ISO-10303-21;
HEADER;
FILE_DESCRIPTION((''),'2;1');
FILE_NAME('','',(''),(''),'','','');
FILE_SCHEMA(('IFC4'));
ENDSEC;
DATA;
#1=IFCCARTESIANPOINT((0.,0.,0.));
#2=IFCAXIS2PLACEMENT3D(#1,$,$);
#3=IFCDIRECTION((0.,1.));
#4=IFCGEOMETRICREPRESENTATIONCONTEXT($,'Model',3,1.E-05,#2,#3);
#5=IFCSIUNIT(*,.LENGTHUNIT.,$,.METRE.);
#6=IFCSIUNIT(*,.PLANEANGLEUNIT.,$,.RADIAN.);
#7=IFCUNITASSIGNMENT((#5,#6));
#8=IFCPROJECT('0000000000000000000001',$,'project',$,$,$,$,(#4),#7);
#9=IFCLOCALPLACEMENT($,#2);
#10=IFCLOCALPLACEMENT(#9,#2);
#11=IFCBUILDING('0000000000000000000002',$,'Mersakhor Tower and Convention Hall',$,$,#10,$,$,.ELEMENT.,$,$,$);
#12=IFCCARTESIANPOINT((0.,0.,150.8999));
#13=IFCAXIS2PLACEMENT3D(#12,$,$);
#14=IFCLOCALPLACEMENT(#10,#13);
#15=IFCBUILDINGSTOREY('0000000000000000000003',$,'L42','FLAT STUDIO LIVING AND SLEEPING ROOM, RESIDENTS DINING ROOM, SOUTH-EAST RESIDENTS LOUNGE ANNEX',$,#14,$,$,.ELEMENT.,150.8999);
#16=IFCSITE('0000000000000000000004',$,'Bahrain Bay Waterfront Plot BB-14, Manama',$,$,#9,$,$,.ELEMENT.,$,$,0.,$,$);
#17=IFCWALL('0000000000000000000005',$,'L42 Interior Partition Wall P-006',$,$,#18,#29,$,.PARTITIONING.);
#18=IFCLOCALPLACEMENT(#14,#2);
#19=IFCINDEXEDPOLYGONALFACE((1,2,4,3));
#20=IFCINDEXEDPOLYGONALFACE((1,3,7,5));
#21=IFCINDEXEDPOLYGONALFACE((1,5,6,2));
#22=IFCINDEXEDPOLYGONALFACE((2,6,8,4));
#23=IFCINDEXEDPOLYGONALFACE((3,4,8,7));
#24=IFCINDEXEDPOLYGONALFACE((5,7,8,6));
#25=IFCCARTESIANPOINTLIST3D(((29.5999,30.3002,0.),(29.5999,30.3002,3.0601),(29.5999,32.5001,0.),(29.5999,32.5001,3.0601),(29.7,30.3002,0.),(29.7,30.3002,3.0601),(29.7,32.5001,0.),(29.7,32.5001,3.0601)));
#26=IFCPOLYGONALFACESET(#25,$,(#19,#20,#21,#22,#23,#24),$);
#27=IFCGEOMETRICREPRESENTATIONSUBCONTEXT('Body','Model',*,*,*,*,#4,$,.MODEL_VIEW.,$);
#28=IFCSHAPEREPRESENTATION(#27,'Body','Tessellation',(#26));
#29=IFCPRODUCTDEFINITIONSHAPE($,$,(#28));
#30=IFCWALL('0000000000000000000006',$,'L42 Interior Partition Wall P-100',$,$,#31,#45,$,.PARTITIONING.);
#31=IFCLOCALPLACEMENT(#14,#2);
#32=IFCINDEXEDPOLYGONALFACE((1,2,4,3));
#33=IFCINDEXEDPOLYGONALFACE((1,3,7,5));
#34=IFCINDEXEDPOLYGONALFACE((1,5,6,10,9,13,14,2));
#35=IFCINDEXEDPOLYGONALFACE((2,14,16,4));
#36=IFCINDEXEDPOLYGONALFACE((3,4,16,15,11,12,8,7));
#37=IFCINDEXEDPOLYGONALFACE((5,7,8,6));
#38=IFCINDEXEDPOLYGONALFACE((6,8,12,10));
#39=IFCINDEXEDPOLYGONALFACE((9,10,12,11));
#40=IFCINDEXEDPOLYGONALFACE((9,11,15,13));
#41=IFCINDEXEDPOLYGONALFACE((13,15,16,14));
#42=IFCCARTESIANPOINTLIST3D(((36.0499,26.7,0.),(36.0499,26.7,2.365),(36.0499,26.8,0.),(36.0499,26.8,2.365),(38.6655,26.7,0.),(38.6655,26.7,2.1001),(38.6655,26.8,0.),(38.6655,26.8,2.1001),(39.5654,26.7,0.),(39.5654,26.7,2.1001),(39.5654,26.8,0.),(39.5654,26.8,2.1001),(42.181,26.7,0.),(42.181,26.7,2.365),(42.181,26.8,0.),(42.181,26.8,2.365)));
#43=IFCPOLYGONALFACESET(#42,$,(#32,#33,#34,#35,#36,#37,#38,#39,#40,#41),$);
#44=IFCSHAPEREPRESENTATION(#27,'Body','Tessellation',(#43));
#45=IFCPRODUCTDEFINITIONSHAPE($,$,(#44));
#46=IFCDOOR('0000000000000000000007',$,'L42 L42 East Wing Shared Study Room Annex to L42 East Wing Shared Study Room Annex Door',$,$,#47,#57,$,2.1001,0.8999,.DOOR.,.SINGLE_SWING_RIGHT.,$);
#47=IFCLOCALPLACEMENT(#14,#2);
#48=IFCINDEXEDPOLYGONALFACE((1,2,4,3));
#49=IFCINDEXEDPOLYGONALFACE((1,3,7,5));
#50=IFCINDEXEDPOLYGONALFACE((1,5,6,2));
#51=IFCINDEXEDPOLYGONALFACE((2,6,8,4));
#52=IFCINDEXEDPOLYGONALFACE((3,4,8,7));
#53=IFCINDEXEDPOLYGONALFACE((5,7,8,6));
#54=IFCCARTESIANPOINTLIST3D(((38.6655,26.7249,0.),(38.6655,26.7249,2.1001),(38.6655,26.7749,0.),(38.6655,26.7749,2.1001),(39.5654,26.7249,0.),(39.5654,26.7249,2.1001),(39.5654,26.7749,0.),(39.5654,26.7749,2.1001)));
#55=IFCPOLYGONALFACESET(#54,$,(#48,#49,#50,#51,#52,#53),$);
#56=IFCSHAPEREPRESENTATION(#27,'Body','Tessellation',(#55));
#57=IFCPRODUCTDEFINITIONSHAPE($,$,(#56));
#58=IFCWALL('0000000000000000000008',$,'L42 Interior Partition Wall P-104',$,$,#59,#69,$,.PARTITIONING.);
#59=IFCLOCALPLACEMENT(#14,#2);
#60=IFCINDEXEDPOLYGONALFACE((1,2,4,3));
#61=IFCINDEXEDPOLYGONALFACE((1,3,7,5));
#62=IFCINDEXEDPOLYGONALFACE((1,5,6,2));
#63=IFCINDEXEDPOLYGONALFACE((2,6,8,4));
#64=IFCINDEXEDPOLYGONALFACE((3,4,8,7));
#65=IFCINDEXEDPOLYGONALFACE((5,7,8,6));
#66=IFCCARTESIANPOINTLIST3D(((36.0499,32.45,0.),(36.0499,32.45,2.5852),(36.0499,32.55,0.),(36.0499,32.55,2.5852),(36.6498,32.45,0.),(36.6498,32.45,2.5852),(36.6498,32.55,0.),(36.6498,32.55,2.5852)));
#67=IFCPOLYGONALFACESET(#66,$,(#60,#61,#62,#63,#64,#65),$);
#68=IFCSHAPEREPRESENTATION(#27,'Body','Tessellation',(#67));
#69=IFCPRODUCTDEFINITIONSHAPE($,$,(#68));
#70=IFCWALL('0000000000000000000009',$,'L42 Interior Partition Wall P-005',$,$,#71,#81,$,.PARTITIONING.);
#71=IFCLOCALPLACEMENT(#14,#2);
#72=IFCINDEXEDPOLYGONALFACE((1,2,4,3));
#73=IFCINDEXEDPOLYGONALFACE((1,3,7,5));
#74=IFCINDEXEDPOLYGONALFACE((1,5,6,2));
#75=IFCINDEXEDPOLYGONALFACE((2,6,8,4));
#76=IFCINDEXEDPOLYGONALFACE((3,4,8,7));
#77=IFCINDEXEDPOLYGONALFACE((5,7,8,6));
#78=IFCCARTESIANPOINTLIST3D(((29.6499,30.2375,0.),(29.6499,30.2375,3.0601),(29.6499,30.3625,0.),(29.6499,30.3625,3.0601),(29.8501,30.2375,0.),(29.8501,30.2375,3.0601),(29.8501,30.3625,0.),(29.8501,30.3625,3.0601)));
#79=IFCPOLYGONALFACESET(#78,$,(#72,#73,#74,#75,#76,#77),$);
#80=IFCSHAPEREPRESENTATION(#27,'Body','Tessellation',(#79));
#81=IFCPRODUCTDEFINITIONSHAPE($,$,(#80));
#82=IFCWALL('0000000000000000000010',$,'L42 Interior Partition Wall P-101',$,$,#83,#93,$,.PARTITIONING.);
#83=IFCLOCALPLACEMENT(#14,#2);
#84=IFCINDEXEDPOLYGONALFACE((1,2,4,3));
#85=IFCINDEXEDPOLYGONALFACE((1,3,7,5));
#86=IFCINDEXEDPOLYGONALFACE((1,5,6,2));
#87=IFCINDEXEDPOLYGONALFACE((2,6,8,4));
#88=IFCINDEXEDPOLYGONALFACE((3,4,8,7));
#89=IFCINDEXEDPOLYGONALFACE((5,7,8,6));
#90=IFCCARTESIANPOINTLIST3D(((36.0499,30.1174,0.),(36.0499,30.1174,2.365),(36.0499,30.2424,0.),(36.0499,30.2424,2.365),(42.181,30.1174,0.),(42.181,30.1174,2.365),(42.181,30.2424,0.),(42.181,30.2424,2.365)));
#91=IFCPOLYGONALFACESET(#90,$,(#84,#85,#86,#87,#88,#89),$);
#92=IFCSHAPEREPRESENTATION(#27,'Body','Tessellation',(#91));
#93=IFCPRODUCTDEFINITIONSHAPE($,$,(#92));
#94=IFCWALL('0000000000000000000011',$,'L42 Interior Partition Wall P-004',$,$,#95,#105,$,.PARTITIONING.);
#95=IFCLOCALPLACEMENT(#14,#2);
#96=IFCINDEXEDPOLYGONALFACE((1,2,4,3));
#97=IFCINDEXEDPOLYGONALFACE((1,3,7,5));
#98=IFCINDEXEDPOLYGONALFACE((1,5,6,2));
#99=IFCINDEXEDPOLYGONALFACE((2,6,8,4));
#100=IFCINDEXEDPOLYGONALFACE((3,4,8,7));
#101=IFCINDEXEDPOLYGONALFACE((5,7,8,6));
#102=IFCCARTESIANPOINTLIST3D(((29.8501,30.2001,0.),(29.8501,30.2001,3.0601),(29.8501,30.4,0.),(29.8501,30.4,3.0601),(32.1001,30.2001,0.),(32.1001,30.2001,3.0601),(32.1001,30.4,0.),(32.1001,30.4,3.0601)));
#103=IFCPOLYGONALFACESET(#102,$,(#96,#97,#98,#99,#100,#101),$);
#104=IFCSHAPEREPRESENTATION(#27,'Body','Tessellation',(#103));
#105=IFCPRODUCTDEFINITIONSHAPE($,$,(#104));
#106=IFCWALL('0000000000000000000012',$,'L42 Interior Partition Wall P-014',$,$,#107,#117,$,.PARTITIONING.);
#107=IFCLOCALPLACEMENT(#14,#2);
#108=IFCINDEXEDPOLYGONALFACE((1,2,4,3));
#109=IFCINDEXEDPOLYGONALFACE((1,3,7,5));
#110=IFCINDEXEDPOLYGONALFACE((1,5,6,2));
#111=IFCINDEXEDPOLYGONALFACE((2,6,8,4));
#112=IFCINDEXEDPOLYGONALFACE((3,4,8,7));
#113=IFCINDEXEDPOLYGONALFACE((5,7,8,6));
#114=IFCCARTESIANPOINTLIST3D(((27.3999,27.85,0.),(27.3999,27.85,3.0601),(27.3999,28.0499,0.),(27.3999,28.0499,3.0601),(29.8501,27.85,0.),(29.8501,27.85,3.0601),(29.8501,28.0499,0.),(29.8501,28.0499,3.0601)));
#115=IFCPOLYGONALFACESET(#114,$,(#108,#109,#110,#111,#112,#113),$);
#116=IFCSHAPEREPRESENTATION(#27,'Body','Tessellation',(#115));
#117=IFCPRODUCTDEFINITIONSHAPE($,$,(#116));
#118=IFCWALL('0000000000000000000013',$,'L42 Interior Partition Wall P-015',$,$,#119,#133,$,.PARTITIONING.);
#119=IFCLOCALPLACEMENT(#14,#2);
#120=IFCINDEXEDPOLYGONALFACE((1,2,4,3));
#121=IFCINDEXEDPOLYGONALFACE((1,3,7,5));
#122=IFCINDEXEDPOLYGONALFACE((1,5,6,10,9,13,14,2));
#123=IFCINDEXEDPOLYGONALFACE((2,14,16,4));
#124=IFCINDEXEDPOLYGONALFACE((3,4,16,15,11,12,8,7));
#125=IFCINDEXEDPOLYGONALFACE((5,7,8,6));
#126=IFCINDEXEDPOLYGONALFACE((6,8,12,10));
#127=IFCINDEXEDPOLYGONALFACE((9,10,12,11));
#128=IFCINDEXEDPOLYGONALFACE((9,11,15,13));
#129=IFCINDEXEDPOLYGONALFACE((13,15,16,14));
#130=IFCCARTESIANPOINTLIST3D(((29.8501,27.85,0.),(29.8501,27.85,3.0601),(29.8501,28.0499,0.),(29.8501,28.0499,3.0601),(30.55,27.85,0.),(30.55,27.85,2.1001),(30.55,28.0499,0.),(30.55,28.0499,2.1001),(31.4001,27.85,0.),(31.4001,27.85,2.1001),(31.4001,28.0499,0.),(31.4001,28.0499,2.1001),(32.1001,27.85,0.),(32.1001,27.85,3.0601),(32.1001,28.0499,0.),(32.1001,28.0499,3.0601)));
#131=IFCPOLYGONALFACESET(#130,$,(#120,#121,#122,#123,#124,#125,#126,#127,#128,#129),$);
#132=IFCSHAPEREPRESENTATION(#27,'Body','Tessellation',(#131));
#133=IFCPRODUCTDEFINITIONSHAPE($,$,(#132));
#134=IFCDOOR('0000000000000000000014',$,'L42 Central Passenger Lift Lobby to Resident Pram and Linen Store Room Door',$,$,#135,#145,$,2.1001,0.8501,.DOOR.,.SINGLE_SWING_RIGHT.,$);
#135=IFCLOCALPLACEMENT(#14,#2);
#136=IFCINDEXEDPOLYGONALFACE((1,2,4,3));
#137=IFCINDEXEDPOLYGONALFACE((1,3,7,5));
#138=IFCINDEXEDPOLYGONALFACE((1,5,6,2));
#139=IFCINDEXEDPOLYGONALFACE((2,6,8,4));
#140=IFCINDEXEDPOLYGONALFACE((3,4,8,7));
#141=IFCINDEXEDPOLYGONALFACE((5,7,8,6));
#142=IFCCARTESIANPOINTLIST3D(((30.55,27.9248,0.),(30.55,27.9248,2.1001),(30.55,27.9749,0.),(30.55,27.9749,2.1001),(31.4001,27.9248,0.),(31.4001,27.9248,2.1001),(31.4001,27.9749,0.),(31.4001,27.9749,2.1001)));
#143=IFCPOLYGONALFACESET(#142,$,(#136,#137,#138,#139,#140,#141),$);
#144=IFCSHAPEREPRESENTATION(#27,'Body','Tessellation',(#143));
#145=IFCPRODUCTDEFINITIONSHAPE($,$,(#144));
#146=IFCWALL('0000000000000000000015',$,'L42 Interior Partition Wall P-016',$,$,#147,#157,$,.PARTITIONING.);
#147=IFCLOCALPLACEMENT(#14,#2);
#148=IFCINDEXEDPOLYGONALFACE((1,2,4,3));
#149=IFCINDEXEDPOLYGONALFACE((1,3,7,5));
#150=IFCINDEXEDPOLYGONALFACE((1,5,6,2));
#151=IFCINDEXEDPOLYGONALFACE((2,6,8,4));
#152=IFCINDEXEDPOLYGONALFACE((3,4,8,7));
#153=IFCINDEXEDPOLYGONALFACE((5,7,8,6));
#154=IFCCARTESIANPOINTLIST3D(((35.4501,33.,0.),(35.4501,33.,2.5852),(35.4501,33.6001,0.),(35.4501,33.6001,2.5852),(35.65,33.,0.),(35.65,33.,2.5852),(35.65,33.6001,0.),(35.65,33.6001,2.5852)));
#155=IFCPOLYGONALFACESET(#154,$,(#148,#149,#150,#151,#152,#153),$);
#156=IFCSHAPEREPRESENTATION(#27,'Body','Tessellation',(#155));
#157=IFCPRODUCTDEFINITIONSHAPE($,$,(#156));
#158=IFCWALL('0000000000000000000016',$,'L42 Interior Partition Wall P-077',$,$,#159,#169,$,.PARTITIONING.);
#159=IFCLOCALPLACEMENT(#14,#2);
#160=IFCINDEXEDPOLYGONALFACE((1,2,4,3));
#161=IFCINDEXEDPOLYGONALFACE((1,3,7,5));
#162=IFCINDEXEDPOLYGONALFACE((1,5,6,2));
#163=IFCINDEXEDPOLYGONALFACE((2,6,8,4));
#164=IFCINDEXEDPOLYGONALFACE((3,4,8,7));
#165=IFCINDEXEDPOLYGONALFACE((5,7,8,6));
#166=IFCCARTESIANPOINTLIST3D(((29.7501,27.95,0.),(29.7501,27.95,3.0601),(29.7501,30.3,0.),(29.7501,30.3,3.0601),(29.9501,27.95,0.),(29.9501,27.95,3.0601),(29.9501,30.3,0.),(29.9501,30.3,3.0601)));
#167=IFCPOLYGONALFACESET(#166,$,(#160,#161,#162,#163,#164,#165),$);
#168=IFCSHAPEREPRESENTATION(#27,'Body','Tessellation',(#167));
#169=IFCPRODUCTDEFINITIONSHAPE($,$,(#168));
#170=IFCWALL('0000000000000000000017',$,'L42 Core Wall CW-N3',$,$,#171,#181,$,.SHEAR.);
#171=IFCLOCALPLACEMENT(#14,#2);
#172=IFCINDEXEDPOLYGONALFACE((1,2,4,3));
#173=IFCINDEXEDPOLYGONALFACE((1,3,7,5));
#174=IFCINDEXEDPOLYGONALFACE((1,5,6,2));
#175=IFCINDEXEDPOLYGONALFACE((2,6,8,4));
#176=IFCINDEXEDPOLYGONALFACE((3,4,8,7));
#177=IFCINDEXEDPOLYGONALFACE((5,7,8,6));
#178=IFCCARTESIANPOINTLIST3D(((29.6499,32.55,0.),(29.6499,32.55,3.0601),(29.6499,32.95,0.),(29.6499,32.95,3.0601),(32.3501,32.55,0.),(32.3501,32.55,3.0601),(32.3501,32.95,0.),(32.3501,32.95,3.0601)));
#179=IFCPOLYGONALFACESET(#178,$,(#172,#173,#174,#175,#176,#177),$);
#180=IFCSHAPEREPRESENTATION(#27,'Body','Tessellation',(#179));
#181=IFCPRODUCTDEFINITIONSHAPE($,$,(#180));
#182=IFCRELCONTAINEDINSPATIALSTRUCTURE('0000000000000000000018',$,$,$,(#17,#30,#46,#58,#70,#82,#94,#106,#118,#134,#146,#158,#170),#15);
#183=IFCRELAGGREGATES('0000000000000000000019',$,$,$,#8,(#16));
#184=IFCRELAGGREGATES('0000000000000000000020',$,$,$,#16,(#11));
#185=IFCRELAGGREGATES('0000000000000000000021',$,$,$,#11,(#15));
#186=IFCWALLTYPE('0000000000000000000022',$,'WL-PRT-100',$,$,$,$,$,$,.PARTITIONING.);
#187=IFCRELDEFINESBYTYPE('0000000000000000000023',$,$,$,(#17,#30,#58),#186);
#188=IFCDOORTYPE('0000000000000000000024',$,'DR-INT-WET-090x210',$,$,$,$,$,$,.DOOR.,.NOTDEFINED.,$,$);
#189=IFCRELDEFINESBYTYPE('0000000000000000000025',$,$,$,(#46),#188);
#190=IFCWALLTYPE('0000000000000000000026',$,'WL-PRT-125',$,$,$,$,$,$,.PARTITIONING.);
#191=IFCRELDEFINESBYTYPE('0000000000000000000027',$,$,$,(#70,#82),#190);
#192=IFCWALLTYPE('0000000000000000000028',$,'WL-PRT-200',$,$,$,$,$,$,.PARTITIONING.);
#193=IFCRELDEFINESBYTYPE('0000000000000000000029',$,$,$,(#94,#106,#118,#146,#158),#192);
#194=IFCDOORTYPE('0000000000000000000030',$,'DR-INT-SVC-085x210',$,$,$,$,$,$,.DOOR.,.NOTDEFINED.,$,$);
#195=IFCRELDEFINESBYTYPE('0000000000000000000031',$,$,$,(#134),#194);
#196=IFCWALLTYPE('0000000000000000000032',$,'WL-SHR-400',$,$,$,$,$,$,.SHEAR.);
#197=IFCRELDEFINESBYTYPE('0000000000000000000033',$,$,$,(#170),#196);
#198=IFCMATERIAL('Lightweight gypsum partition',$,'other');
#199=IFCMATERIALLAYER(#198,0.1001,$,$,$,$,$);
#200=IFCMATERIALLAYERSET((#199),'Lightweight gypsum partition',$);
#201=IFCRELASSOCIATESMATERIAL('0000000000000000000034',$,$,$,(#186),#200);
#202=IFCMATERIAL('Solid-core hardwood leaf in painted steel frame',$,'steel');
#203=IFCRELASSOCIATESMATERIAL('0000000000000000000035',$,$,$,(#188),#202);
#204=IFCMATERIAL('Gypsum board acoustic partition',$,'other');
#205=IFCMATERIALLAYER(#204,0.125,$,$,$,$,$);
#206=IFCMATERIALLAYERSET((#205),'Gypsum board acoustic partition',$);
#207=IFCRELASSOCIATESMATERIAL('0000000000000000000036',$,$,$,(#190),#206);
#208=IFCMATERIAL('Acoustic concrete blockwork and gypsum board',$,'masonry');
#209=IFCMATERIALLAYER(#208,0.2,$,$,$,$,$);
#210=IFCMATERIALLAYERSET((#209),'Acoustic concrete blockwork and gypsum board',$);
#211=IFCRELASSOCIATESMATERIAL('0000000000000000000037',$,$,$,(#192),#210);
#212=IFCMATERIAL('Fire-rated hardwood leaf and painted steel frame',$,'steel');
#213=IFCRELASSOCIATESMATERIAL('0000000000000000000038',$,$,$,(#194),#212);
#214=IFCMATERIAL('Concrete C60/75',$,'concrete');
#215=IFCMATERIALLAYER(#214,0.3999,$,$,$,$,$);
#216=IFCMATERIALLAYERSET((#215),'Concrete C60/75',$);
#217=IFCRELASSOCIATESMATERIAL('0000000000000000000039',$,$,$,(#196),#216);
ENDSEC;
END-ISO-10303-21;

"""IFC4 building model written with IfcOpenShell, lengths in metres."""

from ifc_helpers import new_model, si_unit, direction, frame, frame_2d, origin, place, context, subcontext, project, spatial, rectangle, extrude, material, layer, layer_set, type_object, element, fill, save


model = new_model("IFC4")

# Units and contexts
model_context = context("Model", 3, precision=1e-05, world=origin(), true_north=direction((0.0, 1.0)))
body_context = subcontext(model_context, "Body", "Model", "MODEL_VIEW")
ifc_project = project(units=[si_unit("LENGTHUNIT", "METRE"), si_unit("PLANEANGLEUNIT", "RADIAN")], contexts=[model_context])

# Site, building, storey
site_placement = place(None, origin())
site = spatial("IfcSite", under=ifc_project, at=site_placement, Name="Bahrain Bay Waterfront Plot BB-14, Manama", CompositionType="ELEMENT", RefElevation=0.0)
building_placement = place(site_placement, origin())
building = spatial("IfcBuilding", under=site, at=building_placement, Name="Mersakhor Tower and Convention Hall", CompositionType="ELEMENT")
storey_placement = place(building_placement, frame((0.0, 0.0, 150.8999)))
storey = spatial("IfcBuildingStorey", under=building, at=storey_placement, Name="L42", Description="FLAT STUDIO LIVING AND SLEEPING ROOM, RESIDENTS DINING ROOM, SOUTH-EAST RESIDENTS LOUNGE ANNEX", CompositionType="ELEMENT", Elevation=150.8999)

# Wall
ifc_material_1 = material(Name="Lightweight gypsum partition", Category="other")
ifc_layer_1 = layer(ifc_material_1, 0.1001)
ifc_layer_set_1 = layer_set([ifc_layer_1], Name="Lightweight gypsum partition")
wall_type_1 = type_object("IfcWallType", Name="WL-PRT-100", PredefinedType="PARTITIONING", material=ifc_layer_set_1)
wall_1_placement = place(storey_placement, frame((29.6499, 30.3, 0.0), z_axis=(0.0, 0.0, 1.0), x_axis=(0.0, 1.0, 0.0)))
element("IfcWall", 1, at=wall_1_placement, inside=storey, type_object=wall_type_1, Name="L42 Interior Partition Wall P-006", PredefinedType="PARTITIONING", context=body_context, shape_type="SweptSolid", body=[
    extrude(rectangle(XDim=2.2, YDim=0.1001, at=frame_2d((1.1001, 0.0))), origin(), (0.0, 0.0, 1.0), 3.0601),
])

# Wall, opening, door
wall_2_placement = place(storey_placement, frame((36.05, 26.75, 0.0), z_axis=(0.0, 0.0, 1.0), x_axis=(1.0, 0.0, 0.0)))
wall_2 = element("IfcWall", 2, at=wall_2_placement, inside=storey, type_object=wall_type_1, Name="L42 Interior Partition Wall P-100", PredefinedType="PARTITIONING", context=body_context, shape_type="SweptSolid", body=[
    extrude(rectangle(XDim=6.1311, YDim=0.1001, at=frame_2d((3.0654, 0.0))), origin(), (0.0, 0.0, 1.0), 2.365),
])
opening_1_placement = place(wall_2_placement, frame((2.6155, 0.0, 0.0)))
opening_1 = element("IfcOpeningElement", 3, at=opening_1_placement, cuts=wall_2, PredefinedType="OPENING", context=body_context, shape_type="SweptSolid", body=[
    extrude(rectangle(XDim=0.8999, YDim=2.1001, at=frame_2d((0.45, 1.05))), frame((0.0, 0.0601, 0.0), z_axis=(0.0, -1.0, 0.0), x_axis=(1.0, 0.0, 0.0)), (0.0, 0.0, 1.0), 0.1201),
])
ifc_material_2 = material(Name="Solid-core hardwood leaf in painted steel frame", Category="steel")
door_type_1 = type_object("IfcDoorType", Name="DR-INT-WET-090x210", OperationType="NOTDEFINED", PredefinedType="DOOR", material=ifc_material_2)
door_1_placement = place(opening_1_placement, origin())
door_1 = element("IfcDoor", 4, at=door_1_placement, inside=storey, type_object=door_type_1, Name="L42 L42 East Wing Shared Study Room Annex to L42 East Wing Shared Study Room Annex Door", OperationType="SINGLE_SWING_RIGHT", OverallHeight=2.1001, OverallWidth=0.8999, PredefinedType="DOOR", context=body_context, shape_type="SweptSolid", body=[
    extrude(rectangle(XDim=0.8999, YDim=2.1001, at=frame_2d((0.45, 1.05))), frame((0.0, 0.0249, 0.0), z_axis=(0.0, -1.0, 0.0), x_axis=(1.0, 0.0, 0.0)), (0.0, 0.0, 1.0), 0.05),
])
fill(opening_1, door_1)

# Walls
wall_3_placement = place(storey_placement, frame((36.05, 32.5, 0.0), z_axis=(0.0, 0.0, 1.0), x_axis=(1.0, 0.0, 0.0)))
element("IfcWall", 5, at=wall_3_placement, inside=storey, type_object=wall_type_1, Name="L42 Interior Partition Wall P-104", PredefinedType="PARTITIONING", context=body_context, shape_type="SweptSolid", body=[
    extrude(rectangle(XDim=0.5999, YDim=0.1001, at=frame_2d((0.2998, 0.0))), origin(), (0.0, 0.0, 1.0), 2.5852),
])
ifc_material_3 = material(Name="Gypsum board acoustic partition", Category="other")
ifc_layer_2 = layer(ifc_material_3, 0.125)
ifc_layer_set_2 = layer_set([ifc_layer_2], Name="Gypsum board acoustic partition")
wall_type_2 = type_object("IfcWallType", Name="WL-PRT-125", PredefinedType="PARTITIONING", material=ifc_layer_set_2)
wall_4_placement = place(storey_placement, frame((29.8501, 30.3, 0.0), z_axis=(0.0, 0.0, 1.0), x_axis=(-1.0, 0.0, 0.0)))
element("IfcWall", 6, at=wall_4_placement, inside=storey, type_object=wall_type_2, Name="L42 Interior Partition Wall P-005", PredefinedType="PARTITIONING", context=body_context, shape_type="SweptSolid", body=[
    extrude(rectangle(XDim=0.2002, YDim=0.125, at=frame_2d((0.1001, 0.0))), origin(), (0.0, 0.0, 1.0), 3.0601),
])
wall_5_placement = place(storey_placement, frame((36.05, 30.1799, 0.0), z_axis=(0.0, 0.0, 1.0), x_axis=(1.0, 0.0, 0.0)))
element("IfcWall", 7, at=wall_5_placement, inside=storey, type_object=wall_type_2, Name="L42 Interior Partition Wall P-101", PredefinedType="PARTITIONING", context=body_context, shape_type="SweptSolid", body=[
    extrude(rectangle(XDim=6.1311, YDim=0.125, at=frame_2d((3.0654, 0.0))), origin(), (0.0, 0.0, 1.0), 2.365),
])
ifc_material_4 = material(Name="Acoustic concrete blockwork and gypsum board", Category="masonry")
ifc_layer_3 = layer(ifc_material_4, 0.2)
ifc_layer_set_3 = layer_set([ifc_layer_3], Name="Acoustic concrete blockwork and gypsum board")
wall_type_3 = type_object("IfcWallType", Name="WL-PRT-200", PredefinedType="PARTITIONING", material=ifc_layer_set_3)
wall_6_placement = place(storey_placement, frame((32.1001, 30.3, 0.0), z_axis=(0.0, 0.0, 1.0), x_axis=(-1.0, 0.0, 0.0)))
element("IfcWall", 8, at=wall_6_placement, inside=storey, type_object=wall_type_3, Name="L42 Interior Partition Wall P-004", PredefinedType="PARTITIONING", context=body_context, shape_type="SweptSolid", body=[
    extrude(rectangle(XDim=2.25, YDim=0.2, at=frame_2d((1.125, 0.0))), origin(), (0.0, 0.0, 1.0), 3.0601),
])

# Wall
wall_7_placement = place(storey_placement, frame((27.3999, 27.95, 0.0), z_axis=(0.0, 0.0, 1.0), x_axis=(1.0, 0.0, 0.0)))
element("IfcWall", 9, at=wall_7_placement, inside=storey, type_object=wall_type_3, Name="L42 Interior Partition Wall P-014", PredefinedType="PARTITIONING", context=body_context, shape_type="SweptSolid", body=[
    extrude(rectangle(XDim=2.4502, YDim=0.2, at=frame_2d((1.2251, 0.0))), origin(), (0.0, 0.0, 1.0), 3.0601),
])

# Wall, opening, door
wall_8_placement = place(storey_placement, frame((29.8501, 27.95, 0.0), z_axis=(0.0, 0.0, 1.0), x_axis=(1.0, 0.0, 0.0)))
wall_8 = element("IfcWall", 10, at=wall_8_placement, inside=storey, type_object=wall_type_3, Name="L42 Interior Partition Wall P-015", PredefinedType="PARTITIONING", context=body_context, shape_type="SweptSolid", body=[
    extrude(rectangle(XDim=2.25, YDim=0.2, at=frame_2d((1.125, 0.0))), origin(), (0.0, 0.0, 1.0), 3.0601),
])
opening_2_placement = place(wall_8_placement, frame((0.7, 0.0, 0.0)))
opening_2 = element("IfcOpeningElement", 11, at=opening_2_placement, cuts=wall_8, PredefinedType="OPENING", context=body_context, shape_type="SweptSolid", body=[
    extrude(rectangle(XDim=0.8501, YDim=2.1001, at=frame_2d((0.425, 1.05))), frame((0.0, 0.1099, 0.0), z_axis=(0.0, -1.0, 0.0), x_axis=(1.0, 0.0, 0.0)), (0.0, 0.0, 1.0), 0.22),
])
ifc_material_5 = material(Name="Fire-rated hardwood leaf and painted steel frame", Category="steel")
door_type_2 = type_object("IfcDoorType", Name="DR-INT-SVC-085x210", OperationType="NOTDEFINED", PredefinedType="DOOR", material=ifc_material_5)
door_2_placement = place(opening_2_placement, origin())
door_2 = element("IfcDoor", 12, at=door_2_placement, inside=storey, type_object=door_type_2, Name="L42 Central Passenger Lift Lobby to Resident Pram and Linen Store Room Door", OperationType="SINGLE_SWING_RIGHT", OverallHeight=2.1001, OverallWidth=0.8501, PredefinedType="DOOR", context=body_context, shape_type="SweptSolid", body=[
    extrude(rectangle(XDim=0.8501, YDim=2.1001, at=frame_2d((0.425, 1.05))), frame((0.0, 0.0249, 0.0), z_axis=(0.0, -1.0, 0.0), x_axis=(1.0, 0.0, 0.0)), (0.0, 0.0, 1.0), 0.05),
])
fill(opening_2, door_2)

# Walls
wall_9_placement = place(storey_placement, frame((35.55, 33.6001, 0.0), z_axis=(0.0, 0.0, 1.0), x_axis=(0.0, -1.0, 0.0)))
element("IfcWall", 13, at=wall_9_placement, inside=storey, type_object=wall_type_3, Name="L42 Interior Partition Wall P-016", PredefinedType="PARTITIONING", context=body_context, shape_type="SweptSolid", body=[
    extrude(rectangle(XDim=0.6001, YDim=0.2, at=frame_2d((0.3, 0.0))), origin(), (0.0, 0.0, 1.0), 2.5852),
])
wall_10_placement = place(storey_placement, frame((29.8501, 30.3, 0.0), z_axis=(0.0, 0.0, 1.0), x_axis=(0.0, -1.0, 0.0)))
element("IfcWall", 14, at=wall_10_placement, inside=storey, type_object=wall_type_3, Name="L42 Interior Partition Wall P-077", PredefinedType="PARTITIONING", context=body_context, shape_type="SweptSolid", body=[
    extrude(rectangle(XDim=2.3501, YDim=0.2, at=frame_2d((1.175, 0.0))), origin(), (0.0, 0.0, 1.0), 3.0601),
])

# Shared definitions
ifc_material_6 = material(Name="Concrete C60/75", Category="concrete")
ifc_layer_4 = layer(ifc_material_6, 0.3999)
ifc_layer_set_4 = layer_set([ifc_layer_4], Name="Concrete C60/75")
wall_type_4 = type_object("IfcWallType", Name="WL-SHR-400", PredefinedType="SHEAR", material=ifc_layer_set_4)

# Wall
wall_11_placement = place(storey_placement, frame((29.6499, 32.75, 0.0), z_axis=(0.0, 0.0, 1.0), x_axis=(1.0, 0.0, 0.0)))
element("IfcWall", 15, at=wall_11_placement, inside=storey, type_object=wall_type_4, Name="L42 Core Wall CW-N3", PredefinedType="SHEAR", context=body_context, shape_type="SweptSolid", body=[
    extrude(rectangle(XDim=2.7002, YDim=0.3999, at=frame_2d((1.3501, 0.0))), origin(), (0.0, 0.0, 1.0), 3.0601),
])

save(model, "model.ifc")
